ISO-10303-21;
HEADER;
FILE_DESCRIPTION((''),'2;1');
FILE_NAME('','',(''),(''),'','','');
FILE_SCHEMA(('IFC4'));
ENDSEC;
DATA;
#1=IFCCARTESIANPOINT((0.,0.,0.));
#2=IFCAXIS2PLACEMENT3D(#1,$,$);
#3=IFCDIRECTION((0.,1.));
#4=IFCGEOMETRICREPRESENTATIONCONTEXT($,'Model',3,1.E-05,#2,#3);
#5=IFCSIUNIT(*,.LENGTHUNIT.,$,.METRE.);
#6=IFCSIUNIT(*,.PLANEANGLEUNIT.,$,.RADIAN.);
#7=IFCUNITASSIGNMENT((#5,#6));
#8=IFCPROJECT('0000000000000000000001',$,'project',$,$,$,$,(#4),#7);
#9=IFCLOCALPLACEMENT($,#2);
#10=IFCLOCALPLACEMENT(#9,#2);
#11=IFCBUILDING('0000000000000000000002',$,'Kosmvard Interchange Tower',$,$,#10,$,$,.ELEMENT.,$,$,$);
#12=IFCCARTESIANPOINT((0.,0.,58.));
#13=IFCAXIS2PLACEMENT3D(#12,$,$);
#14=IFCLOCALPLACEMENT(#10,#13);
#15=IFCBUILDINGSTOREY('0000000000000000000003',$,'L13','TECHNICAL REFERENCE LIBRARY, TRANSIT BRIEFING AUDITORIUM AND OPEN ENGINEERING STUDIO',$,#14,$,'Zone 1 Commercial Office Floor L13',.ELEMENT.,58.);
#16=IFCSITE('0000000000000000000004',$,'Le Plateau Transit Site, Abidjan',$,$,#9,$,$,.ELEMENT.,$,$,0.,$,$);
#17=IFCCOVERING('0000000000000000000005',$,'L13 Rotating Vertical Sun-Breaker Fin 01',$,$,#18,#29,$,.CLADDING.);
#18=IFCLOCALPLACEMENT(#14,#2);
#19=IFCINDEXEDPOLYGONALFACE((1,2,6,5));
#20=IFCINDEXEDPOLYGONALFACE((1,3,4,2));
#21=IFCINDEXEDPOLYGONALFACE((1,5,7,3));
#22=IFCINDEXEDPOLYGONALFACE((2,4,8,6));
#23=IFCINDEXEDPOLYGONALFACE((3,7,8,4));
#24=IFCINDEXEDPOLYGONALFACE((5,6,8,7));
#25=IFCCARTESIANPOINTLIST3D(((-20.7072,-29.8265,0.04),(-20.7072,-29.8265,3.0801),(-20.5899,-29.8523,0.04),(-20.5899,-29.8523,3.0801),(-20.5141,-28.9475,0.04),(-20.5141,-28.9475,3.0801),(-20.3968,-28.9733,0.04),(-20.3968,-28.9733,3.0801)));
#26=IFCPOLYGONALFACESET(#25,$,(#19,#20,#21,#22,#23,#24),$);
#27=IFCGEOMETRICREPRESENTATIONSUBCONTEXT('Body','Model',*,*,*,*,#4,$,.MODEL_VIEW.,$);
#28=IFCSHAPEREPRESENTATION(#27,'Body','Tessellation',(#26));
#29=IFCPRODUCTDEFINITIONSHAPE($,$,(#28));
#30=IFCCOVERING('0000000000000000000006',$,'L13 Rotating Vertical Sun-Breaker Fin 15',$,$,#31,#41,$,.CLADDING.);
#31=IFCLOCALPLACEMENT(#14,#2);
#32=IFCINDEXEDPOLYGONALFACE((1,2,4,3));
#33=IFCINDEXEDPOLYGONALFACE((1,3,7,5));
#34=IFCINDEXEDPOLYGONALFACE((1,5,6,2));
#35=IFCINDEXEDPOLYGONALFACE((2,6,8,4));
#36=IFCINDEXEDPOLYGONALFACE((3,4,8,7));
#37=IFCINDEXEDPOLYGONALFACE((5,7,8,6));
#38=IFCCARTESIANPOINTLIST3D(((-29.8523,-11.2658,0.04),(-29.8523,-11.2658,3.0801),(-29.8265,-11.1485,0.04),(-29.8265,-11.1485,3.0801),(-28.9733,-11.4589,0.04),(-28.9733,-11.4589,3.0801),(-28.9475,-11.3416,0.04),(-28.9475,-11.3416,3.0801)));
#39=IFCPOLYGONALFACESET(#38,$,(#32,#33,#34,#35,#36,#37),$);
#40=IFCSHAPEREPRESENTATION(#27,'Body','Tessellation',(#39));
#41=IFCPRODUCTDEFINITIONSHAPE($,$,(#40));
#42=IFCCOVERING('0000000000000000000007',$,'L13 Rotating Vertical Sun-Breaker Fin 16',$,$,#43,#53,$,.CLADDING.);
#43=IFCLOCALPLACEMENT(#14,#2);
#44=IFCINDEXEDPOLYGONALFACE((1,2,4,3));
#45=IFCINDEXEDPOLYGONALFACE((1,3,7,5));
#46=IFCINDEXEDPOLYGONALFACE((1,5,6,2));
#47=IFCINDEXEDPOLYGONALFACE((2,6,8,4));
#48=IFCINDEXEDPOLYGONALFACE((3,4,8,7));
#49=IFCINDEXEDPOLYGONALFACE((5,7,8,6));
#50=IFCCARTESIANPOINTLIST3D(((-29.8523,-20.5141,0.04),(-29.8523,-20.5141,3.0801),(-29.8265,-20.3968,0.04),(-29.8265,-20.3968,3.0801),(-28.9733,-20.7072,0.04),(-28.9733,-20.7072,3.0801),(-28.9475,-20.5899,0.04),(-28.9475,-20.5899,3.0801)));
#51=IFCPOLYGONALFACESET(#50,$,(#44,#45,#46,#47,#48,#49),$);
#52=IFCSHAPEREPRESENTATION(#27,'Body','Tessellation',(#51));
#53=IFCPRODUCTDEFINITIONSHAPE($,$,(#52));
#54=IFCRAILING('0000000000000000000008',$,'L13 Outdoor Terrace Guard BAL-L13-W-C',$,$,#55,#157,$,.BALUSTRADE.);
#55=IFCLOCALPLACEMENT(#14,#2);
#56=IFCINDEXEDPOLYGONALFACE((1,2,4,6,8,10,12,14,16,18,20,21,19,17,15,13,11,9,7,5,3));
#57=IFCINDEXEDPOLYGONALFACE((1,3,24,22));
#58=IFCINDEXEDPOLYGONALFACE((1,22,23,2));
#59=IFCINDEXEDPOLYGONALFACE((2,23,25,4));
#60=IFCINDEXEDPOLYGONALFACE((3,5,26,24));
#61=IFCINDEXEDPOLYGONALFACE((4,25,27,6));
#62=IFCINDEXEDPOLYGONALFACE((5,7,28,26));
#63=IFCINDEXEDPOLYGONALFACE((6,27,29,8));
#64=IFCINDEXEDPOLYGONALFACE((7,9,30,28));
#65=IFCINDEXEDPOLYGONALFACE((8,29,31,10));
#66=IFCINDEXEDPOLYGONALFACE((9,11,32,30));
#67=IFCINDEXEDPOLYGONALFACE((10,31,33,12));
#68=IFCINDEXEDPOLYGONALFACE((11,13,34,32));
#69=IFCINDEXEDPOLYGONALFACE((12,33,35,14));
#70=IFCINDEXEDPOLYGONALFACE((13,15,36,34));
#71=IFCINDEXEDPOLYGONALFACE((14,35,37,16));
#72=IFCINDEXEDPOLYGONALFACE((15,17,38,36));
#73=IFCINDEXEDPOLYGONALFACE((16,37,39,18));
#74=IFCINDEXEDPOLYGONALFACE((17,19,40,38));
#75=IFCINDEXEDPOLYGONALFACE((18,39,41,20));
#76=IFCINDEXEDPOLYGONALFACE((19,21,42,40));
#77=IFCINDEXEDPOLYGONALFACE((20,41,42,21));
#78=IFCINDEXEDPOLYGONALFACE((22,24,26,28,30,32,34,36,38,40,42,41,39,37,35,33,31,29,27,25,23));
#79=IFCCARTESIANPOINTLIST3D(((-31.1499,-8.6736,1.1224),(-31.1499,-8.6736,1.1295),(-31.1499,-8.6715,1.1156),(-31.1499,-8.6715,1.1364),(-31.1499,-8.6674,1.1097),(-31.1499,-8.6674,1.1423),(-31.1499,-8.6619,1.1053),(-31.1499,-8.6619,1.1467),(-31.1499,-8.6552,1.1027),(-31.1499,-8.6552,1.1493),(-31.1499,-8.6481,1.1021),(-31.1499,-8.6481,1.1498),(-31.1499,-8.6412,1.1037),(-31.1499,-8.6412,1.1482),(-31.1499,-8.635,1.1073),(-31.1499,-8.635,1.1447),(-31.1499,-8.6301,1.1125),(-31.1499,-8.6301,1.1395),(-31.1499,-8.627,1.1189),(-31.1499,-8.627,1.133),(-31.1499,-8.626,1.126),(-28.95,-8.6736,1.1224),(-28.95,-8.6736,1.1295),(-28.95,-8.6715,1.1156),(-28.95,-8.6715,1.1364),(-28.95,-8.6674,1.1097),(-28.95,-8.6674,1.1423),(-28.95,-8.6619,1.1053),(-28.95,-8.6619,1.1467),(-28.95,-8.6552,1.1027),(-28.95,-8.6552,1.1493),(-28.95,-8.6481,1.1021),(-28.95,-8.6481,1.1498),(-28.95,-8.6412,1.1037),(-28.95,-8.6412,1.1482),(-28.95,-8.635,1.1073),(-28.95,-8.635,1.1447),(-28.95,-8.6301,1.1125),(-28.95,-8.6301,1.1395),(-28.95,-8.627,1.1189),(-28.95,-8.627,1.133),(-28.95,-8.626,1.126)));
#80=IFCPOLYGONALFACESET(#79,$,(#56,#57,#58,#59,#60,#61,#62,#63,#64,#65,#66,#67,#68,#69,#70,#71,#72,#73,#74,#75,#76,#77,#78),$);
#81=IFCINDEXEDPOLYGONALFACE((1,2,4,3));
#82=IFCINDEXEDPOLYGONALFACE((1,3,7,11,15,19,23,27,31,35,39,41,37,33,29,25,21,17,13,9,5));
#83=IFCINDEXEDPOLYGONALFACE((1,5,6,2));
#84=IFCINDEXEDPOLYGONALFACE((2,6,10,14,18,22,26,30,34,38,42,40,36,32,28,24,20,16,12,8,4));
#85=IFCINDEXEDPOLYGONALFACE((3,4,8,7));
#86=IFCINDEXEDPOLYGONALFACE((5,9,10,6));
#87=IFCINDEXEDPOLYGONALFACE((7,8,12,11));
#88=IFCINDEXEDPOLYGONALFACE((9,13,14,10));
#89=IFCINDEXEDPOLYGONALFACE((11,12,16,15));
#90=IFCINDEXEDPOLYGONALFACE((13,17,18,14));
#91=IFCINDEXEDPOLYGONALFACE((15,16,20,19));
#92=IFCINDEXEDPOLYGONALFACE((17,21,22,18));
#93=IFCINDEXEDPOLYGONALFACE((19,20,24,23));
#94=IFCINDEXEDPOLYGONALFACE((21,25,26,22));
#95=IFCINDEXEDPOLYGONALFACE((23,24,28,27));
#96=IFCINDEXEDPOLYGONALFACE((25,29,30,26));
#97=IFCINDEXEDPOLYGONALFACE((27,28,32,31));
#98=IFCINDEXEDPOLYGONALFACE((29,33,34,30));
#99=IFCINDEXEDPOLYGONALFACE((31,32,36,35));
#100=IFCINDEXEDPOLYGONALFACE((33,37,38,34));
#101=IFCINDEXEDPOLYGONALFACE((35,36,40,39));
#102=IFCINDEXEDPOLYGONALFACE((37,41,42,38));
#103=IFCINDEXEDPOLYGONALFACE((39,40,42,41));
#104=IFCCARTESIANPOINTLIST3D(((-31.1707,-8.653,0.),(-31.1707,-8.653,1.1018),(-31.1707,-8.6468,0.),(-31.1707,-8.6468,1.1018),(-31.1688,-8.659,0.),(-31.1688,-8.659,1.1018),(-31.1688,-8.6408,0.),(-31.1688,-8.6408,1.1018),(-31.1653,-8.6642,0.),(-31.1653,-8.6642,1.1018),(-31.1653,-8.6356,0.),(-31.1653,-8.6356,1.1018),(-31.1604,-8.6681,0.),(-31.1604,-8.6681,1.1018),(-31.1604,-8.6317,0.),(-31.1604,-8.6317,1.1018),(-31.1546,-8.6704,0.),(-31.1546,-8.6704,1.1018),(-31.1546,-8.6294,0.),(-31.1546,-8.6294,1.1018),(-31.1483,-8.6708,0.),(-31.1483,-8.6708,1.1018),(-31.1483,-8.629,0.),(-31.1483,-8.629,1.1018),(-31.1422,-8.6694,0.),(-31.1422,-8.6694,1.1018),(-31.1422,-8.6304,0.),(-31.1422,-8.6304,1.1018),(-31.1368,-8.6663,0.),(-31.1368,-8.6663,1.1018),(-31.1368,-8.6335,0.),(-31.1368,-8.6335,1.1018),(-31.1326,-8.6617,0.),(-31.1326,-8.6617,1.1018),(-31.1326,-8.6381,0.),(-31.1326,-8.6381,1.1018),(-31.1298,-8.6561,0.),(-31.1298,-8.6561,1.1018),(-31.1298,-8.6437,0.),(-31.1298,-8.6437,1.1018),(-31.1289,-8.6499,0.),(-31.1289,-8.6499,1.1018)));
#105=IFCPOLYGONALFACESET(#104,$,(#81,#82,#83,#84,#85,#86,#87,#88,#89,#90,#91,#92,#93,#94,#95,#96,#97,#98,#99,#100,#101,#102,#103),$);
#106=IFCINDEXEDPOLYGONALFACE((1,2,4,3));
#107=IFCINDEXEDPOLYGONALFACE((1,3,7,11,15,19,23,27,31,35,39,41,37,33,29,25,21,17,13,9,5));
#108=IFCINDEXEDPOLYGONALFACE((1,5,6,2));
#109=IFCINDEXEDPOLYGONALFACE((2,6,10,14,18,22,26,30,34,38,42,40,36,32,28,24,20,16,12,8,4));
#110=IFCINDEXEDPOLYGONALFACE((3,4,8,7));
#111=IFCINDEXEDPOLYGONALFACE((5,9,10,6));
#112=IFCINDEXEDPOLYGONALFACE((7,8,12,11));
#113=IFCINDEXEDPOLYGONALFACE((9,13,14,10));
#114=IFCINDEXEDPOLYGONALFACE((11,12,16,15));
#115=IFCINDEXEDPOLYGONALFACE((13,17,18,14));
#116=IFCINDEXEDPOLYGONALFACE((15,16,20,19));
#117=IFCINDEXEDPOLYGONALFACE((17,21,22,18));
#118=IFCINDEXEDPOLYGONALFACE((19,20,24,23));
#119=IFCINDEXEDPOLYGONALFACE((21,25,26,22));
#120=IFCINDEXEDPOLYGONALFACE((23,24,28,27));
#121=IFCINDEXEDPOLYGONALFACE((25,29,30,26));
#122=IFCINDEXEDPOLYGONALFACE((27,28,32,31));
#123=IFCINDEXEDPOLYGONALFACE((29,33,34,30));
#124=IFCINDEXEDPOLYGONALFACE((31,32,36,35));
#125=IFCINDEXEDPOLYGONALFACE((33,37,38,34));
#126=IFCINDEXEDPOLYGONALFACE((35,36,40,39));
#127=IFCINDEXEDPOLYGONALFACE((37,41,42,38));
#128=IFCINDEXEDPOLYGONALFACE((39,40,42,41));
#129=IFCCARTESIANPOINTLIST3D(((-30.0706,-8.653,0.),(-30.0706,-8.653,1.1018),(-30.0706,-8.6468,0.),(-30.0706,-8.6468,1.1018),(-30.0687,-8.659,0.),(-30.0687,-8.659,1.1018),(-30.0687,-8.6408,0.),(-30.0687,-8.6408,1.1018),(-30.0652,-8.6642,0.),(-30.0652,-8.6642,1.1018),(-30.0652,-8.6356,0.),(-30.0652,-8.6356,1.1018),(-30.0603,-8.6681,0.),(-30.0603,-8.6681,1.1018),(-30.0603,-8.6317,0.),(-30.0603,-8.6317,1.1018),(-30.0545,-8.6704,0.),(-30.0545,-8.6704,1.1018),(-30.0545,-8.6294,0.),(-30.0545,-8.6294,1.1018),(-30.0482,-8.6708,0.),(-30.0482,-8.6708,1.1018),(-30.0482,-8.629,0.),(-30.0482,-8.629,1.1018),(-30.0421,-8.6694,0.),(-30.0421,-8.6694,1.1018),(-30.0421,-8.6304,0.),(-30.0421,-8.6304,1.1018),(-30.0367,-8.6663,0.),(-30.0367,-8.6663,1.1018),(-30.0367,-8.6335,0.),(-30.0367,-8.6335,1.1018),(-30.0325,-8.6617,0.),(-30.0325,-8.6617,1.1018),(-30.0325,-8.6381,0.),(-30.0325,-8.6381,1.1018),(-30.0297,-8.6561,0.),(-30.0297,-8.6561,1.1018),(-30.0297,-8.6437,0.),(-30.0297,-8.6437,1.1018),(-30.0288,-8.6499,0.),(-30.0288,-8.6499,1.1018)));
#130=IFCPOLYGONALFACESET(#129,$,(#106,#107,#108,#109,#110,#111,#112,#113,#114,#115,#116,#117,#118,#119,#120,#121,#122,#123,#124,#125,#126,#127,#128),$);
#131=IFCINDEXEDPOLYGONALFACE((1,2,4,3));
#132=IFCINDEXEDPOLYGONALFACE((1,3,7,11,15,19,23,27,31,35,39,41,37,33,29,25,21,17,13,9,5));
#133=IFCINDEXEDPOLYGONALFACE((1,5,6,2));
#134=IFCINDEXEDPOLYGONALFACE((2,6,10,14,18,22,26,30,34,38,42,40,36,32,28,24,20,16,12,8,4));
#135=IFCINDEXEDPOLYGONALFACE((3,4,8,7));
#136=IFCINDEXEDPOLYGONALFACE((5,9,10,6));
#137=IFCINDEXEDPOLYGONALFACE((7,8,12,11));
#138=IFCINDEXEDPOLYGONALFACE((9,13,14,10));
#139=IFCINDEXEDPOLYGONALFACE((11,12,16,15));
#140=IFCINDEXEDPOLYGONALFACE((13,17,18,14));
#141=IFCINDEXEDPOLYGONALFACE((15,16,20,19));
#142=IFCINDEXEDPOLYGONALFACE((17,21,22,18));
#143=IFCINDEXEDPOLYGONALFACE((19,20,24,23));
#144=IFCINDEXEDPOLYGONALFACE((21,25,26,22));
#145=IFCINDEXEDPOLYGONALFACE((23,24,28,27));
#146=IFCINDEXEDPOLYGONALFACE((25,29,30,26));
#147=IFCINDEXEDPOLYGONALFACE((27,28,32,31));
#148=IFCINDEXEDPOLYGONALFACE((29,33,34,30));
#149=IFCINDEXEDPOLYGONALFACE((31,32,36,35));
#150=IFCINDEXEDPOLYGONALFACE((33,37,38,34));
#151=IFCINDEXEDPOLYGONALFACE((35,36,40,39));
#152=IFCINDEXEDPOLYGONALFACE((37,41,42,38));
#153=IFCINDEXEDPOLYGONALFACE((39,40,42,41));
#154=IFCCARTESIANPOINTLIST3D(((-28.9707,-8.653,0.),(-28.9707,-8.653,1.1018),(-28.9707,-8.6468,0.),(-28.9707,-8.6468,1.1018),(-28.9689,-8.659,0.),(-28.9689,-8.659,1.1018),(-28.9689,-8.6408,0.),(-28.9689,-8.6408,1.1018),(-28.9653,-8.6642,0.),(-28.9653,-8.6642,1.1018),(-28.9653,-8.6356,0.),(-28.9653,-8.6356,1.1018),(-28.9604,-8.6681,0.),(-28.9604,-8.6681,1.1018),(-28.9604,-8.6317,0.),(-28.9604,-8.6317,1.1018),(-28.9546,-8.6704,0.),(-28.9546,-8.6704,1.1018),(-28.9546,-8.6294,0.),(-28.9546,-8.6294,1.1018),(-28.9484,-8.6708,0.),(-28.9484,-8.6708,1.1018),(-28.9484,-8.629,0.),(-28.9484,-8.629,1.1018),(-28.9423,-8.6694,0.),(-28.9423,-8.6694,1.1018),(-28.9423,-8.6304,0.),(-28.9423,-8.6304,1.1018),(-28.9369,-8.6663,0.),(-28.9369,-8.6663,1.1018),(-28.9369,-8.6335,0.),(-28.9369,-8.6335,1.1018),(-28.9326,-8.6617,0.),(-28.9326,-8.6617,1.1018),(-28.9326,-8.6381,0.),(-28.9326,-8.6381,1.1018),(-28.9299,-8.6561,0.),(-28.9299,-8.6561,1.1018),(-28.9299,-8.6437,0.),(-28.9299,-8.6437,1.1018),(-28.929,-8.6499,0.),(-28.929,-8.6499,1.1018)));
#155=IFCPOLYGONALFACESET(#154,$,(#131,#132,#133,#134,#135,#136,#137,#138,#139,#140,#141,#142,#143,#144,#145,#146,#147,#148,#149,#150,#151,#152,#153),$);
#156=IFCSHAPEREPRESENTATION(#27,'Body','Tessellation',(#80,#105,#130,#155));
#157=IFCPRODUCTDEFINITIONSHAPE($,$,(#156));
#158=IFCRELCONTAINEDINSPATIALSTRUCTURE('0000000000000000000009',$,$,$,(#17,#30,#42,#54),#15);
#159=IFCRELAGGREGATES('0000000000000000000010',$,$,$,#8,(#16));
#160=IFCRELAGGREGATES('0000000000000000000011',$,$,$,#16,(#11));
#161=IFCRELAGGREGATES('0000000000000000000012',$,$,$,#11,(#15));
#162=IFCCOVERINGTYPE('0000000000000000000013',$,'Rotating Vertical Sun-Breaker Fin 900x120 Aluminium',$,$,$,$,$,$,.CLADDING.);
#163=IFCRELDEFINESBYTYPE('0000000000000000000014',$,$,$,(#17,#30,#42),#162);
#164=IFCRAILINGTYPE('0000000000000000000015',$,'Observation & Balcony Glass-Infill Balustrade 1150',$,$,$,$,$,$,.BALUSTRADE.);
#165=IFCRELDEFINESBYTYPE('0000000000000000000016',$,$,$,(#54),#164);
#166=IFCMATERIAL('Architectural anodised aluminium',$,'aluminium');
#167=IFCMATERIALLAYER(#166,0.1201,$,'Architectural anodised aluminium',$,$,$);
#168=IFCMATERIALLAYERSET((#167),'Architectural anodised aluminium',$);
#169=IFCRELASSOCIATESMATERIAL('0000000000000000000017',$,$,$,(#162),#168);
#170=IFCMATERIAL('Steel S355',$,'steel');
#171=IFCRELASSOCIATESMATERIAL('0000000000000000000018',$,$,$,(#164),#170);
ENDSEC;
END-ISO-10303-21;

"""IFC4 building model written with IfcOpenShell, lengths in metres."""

from ifc_helpers import new_model, si_unit, direction, frame, origin, origin_2d, place, context, subcontext, project, spatial, rectangle, circle, extrude, source, transform, mapped, material, layer, layer_set, type_object, element, save


model = new_model("IFC4")

# Units and contexts
model_context = context("Model", 3, precision=1e-05, world=origin(), true_north=direction((0.0, 1.0)))
body_context = subcontext(model_context, "Body", "Model", "MODEL_VIEW")
ifc_project = project(units=[si_unit("LENGTHUNIT", "METRE"), si_unit("PLANEANGLEUNIT", "RADIAN")], contexts=[model_context])

# Site, building, storey
site_placement = place(None, origin())
site = spatial("IfcSite", under=ifc_project, at=site_placement, Name="Le Plateau Transit Site, Abidjan", CompositionType="ELEMENT", RefElevation=0.0)
building_placement = place(site_placement, origin())
building = spatial("IfcBuilding", under=site, at=building_placement, Name="Kosmvard Interchange Tower", CompositionType="ELEMENT")
storey_placement = place(building_placement, frame((0.0, 0.0, 58.0)))
storey = spatial("IfcBuildingStorey", under=building, at=storey_placement, Name="L13", Description="TECHNICAL REFERENCE LIBRARY, TRANSIT BRIEFING AUDITORIUM AND OPEN ENGINEERING STUDIO", LongName="Zone 1 Commercial Office Floor L13", CompositionType="ELEMENT", Elevation=58.0)

# Shared definitions
ifc_material_1 = material(Name="Steel S355", Category="steel")

# Coverings
ifc_material_2 = material(Name="Architectural anodised aluminium", Category="aluminium")
ifc_layer_1 = layer(ifc_material_2, 0.1201, Name="Architectural anodised aluminium")
ifc_layer_set_1 = layer_set([ifc_layer_1], Name="Architectural anodised aluminium")
covering_type = type_object("IfcCoveringType", Name="Rotating Vertical Sun-Breaker Fin 900x120 Aluminium", PredefinedType="CLADDING", material=ifc_layer_set_1)
shared_shape_1 = source(origin(), body_context, "Body", "SweptSolid", [
    extrude(rectangle(XDim=0.8999, YDim=0.1201, at=origin_2d()), origin(), (0.0, 0.0, 1.0), 3.04),
])
for number, where, z_axis, x_axis, name in (
    (1, (-20.552, -29.3999, 0.04), (0.0, 0.0, 1.0), (-0.214565, -0.97671, 0.0), "L13 Rotating Vertical Sun-Breaker Fin 01"),
    (2, (-29.3999, -11.3037, 0.04), (0.0, 0.0, 1.0), (-0.97671, 0.214565, 0.0), "L13 Rotating Vertical Sun-Breaker Fin 15"),
    (3, (-29.3999, -20.552, 0.04), (0.0, 0.0, 1.0), (-0.97671, 0.214565, 0.0), "L13 Rotating Vertical Sun-Breaker Fin 16"),
):
    element("IfcCovering", number, at=place(storey_placement, frame(where, z_axis=z_axis, x_axis=x_axis)), inside=storey, type_object=covering_type, Name=name, PredefinedType="CLADDING", context=body_context, shape_type="MappedRepresentation", body=[
        mapped(shared_shape_1, transform((0.0, 0.0, 0.0), scale=1.0)),
    ])

# Railing
railing_type = type_object("IfcRailingType", Name="Observation & Balcony Glass-Infill Balustrade 1150", PredefinedType="BALUSTRADE", material=ifc_material_1)
shared_shape_2 = source(origin(), body_context, "Body", "SweptSolid", [
    extrude(circle(Radius=0.0239, at=origin_2d()), frame((0.0, 0.0, 1.126), z_axis=(1.0, 0.0, 0.0), x_axis=(0.0, 1.0, 0.0)), (0.0, 0.0, 1.0), 2.2),
    extrude(circle(Radius=0.021, at=origin_2d()), origin(), (0.0, 0.0, 1.0), 1.1018),
    extrude(circle(Radius=0.021, at=origin_2d()), frame((1.1001, 0.0, 0.0)), (0.0, 0.0, 1.0), 1.1018),
    extrude(circle(Radius=0.021, at=origin_2d()), frame((2.2, 0.0, 0.0)), (0.0, 0.0, 1.0), 1.1018),
])
railing_1_placement = place(storey_placement, frame((-31.1499, -8.6499, 0.0)))
element("IfcRailing", 4, at=railing_1_placement, inside=storey, type_object=railing_type, Name="L13 Outdoor Terrace Guard BAL-L13-W-C", PredefinedType="BALUSTRADE", context=body_context, shape_type="MappedRepresentation", body=[
    mapped(shared_shape_2, transform((0.0, 0.0, 0.0), scale=1.0)),
])

save(model, "model.ifc")
